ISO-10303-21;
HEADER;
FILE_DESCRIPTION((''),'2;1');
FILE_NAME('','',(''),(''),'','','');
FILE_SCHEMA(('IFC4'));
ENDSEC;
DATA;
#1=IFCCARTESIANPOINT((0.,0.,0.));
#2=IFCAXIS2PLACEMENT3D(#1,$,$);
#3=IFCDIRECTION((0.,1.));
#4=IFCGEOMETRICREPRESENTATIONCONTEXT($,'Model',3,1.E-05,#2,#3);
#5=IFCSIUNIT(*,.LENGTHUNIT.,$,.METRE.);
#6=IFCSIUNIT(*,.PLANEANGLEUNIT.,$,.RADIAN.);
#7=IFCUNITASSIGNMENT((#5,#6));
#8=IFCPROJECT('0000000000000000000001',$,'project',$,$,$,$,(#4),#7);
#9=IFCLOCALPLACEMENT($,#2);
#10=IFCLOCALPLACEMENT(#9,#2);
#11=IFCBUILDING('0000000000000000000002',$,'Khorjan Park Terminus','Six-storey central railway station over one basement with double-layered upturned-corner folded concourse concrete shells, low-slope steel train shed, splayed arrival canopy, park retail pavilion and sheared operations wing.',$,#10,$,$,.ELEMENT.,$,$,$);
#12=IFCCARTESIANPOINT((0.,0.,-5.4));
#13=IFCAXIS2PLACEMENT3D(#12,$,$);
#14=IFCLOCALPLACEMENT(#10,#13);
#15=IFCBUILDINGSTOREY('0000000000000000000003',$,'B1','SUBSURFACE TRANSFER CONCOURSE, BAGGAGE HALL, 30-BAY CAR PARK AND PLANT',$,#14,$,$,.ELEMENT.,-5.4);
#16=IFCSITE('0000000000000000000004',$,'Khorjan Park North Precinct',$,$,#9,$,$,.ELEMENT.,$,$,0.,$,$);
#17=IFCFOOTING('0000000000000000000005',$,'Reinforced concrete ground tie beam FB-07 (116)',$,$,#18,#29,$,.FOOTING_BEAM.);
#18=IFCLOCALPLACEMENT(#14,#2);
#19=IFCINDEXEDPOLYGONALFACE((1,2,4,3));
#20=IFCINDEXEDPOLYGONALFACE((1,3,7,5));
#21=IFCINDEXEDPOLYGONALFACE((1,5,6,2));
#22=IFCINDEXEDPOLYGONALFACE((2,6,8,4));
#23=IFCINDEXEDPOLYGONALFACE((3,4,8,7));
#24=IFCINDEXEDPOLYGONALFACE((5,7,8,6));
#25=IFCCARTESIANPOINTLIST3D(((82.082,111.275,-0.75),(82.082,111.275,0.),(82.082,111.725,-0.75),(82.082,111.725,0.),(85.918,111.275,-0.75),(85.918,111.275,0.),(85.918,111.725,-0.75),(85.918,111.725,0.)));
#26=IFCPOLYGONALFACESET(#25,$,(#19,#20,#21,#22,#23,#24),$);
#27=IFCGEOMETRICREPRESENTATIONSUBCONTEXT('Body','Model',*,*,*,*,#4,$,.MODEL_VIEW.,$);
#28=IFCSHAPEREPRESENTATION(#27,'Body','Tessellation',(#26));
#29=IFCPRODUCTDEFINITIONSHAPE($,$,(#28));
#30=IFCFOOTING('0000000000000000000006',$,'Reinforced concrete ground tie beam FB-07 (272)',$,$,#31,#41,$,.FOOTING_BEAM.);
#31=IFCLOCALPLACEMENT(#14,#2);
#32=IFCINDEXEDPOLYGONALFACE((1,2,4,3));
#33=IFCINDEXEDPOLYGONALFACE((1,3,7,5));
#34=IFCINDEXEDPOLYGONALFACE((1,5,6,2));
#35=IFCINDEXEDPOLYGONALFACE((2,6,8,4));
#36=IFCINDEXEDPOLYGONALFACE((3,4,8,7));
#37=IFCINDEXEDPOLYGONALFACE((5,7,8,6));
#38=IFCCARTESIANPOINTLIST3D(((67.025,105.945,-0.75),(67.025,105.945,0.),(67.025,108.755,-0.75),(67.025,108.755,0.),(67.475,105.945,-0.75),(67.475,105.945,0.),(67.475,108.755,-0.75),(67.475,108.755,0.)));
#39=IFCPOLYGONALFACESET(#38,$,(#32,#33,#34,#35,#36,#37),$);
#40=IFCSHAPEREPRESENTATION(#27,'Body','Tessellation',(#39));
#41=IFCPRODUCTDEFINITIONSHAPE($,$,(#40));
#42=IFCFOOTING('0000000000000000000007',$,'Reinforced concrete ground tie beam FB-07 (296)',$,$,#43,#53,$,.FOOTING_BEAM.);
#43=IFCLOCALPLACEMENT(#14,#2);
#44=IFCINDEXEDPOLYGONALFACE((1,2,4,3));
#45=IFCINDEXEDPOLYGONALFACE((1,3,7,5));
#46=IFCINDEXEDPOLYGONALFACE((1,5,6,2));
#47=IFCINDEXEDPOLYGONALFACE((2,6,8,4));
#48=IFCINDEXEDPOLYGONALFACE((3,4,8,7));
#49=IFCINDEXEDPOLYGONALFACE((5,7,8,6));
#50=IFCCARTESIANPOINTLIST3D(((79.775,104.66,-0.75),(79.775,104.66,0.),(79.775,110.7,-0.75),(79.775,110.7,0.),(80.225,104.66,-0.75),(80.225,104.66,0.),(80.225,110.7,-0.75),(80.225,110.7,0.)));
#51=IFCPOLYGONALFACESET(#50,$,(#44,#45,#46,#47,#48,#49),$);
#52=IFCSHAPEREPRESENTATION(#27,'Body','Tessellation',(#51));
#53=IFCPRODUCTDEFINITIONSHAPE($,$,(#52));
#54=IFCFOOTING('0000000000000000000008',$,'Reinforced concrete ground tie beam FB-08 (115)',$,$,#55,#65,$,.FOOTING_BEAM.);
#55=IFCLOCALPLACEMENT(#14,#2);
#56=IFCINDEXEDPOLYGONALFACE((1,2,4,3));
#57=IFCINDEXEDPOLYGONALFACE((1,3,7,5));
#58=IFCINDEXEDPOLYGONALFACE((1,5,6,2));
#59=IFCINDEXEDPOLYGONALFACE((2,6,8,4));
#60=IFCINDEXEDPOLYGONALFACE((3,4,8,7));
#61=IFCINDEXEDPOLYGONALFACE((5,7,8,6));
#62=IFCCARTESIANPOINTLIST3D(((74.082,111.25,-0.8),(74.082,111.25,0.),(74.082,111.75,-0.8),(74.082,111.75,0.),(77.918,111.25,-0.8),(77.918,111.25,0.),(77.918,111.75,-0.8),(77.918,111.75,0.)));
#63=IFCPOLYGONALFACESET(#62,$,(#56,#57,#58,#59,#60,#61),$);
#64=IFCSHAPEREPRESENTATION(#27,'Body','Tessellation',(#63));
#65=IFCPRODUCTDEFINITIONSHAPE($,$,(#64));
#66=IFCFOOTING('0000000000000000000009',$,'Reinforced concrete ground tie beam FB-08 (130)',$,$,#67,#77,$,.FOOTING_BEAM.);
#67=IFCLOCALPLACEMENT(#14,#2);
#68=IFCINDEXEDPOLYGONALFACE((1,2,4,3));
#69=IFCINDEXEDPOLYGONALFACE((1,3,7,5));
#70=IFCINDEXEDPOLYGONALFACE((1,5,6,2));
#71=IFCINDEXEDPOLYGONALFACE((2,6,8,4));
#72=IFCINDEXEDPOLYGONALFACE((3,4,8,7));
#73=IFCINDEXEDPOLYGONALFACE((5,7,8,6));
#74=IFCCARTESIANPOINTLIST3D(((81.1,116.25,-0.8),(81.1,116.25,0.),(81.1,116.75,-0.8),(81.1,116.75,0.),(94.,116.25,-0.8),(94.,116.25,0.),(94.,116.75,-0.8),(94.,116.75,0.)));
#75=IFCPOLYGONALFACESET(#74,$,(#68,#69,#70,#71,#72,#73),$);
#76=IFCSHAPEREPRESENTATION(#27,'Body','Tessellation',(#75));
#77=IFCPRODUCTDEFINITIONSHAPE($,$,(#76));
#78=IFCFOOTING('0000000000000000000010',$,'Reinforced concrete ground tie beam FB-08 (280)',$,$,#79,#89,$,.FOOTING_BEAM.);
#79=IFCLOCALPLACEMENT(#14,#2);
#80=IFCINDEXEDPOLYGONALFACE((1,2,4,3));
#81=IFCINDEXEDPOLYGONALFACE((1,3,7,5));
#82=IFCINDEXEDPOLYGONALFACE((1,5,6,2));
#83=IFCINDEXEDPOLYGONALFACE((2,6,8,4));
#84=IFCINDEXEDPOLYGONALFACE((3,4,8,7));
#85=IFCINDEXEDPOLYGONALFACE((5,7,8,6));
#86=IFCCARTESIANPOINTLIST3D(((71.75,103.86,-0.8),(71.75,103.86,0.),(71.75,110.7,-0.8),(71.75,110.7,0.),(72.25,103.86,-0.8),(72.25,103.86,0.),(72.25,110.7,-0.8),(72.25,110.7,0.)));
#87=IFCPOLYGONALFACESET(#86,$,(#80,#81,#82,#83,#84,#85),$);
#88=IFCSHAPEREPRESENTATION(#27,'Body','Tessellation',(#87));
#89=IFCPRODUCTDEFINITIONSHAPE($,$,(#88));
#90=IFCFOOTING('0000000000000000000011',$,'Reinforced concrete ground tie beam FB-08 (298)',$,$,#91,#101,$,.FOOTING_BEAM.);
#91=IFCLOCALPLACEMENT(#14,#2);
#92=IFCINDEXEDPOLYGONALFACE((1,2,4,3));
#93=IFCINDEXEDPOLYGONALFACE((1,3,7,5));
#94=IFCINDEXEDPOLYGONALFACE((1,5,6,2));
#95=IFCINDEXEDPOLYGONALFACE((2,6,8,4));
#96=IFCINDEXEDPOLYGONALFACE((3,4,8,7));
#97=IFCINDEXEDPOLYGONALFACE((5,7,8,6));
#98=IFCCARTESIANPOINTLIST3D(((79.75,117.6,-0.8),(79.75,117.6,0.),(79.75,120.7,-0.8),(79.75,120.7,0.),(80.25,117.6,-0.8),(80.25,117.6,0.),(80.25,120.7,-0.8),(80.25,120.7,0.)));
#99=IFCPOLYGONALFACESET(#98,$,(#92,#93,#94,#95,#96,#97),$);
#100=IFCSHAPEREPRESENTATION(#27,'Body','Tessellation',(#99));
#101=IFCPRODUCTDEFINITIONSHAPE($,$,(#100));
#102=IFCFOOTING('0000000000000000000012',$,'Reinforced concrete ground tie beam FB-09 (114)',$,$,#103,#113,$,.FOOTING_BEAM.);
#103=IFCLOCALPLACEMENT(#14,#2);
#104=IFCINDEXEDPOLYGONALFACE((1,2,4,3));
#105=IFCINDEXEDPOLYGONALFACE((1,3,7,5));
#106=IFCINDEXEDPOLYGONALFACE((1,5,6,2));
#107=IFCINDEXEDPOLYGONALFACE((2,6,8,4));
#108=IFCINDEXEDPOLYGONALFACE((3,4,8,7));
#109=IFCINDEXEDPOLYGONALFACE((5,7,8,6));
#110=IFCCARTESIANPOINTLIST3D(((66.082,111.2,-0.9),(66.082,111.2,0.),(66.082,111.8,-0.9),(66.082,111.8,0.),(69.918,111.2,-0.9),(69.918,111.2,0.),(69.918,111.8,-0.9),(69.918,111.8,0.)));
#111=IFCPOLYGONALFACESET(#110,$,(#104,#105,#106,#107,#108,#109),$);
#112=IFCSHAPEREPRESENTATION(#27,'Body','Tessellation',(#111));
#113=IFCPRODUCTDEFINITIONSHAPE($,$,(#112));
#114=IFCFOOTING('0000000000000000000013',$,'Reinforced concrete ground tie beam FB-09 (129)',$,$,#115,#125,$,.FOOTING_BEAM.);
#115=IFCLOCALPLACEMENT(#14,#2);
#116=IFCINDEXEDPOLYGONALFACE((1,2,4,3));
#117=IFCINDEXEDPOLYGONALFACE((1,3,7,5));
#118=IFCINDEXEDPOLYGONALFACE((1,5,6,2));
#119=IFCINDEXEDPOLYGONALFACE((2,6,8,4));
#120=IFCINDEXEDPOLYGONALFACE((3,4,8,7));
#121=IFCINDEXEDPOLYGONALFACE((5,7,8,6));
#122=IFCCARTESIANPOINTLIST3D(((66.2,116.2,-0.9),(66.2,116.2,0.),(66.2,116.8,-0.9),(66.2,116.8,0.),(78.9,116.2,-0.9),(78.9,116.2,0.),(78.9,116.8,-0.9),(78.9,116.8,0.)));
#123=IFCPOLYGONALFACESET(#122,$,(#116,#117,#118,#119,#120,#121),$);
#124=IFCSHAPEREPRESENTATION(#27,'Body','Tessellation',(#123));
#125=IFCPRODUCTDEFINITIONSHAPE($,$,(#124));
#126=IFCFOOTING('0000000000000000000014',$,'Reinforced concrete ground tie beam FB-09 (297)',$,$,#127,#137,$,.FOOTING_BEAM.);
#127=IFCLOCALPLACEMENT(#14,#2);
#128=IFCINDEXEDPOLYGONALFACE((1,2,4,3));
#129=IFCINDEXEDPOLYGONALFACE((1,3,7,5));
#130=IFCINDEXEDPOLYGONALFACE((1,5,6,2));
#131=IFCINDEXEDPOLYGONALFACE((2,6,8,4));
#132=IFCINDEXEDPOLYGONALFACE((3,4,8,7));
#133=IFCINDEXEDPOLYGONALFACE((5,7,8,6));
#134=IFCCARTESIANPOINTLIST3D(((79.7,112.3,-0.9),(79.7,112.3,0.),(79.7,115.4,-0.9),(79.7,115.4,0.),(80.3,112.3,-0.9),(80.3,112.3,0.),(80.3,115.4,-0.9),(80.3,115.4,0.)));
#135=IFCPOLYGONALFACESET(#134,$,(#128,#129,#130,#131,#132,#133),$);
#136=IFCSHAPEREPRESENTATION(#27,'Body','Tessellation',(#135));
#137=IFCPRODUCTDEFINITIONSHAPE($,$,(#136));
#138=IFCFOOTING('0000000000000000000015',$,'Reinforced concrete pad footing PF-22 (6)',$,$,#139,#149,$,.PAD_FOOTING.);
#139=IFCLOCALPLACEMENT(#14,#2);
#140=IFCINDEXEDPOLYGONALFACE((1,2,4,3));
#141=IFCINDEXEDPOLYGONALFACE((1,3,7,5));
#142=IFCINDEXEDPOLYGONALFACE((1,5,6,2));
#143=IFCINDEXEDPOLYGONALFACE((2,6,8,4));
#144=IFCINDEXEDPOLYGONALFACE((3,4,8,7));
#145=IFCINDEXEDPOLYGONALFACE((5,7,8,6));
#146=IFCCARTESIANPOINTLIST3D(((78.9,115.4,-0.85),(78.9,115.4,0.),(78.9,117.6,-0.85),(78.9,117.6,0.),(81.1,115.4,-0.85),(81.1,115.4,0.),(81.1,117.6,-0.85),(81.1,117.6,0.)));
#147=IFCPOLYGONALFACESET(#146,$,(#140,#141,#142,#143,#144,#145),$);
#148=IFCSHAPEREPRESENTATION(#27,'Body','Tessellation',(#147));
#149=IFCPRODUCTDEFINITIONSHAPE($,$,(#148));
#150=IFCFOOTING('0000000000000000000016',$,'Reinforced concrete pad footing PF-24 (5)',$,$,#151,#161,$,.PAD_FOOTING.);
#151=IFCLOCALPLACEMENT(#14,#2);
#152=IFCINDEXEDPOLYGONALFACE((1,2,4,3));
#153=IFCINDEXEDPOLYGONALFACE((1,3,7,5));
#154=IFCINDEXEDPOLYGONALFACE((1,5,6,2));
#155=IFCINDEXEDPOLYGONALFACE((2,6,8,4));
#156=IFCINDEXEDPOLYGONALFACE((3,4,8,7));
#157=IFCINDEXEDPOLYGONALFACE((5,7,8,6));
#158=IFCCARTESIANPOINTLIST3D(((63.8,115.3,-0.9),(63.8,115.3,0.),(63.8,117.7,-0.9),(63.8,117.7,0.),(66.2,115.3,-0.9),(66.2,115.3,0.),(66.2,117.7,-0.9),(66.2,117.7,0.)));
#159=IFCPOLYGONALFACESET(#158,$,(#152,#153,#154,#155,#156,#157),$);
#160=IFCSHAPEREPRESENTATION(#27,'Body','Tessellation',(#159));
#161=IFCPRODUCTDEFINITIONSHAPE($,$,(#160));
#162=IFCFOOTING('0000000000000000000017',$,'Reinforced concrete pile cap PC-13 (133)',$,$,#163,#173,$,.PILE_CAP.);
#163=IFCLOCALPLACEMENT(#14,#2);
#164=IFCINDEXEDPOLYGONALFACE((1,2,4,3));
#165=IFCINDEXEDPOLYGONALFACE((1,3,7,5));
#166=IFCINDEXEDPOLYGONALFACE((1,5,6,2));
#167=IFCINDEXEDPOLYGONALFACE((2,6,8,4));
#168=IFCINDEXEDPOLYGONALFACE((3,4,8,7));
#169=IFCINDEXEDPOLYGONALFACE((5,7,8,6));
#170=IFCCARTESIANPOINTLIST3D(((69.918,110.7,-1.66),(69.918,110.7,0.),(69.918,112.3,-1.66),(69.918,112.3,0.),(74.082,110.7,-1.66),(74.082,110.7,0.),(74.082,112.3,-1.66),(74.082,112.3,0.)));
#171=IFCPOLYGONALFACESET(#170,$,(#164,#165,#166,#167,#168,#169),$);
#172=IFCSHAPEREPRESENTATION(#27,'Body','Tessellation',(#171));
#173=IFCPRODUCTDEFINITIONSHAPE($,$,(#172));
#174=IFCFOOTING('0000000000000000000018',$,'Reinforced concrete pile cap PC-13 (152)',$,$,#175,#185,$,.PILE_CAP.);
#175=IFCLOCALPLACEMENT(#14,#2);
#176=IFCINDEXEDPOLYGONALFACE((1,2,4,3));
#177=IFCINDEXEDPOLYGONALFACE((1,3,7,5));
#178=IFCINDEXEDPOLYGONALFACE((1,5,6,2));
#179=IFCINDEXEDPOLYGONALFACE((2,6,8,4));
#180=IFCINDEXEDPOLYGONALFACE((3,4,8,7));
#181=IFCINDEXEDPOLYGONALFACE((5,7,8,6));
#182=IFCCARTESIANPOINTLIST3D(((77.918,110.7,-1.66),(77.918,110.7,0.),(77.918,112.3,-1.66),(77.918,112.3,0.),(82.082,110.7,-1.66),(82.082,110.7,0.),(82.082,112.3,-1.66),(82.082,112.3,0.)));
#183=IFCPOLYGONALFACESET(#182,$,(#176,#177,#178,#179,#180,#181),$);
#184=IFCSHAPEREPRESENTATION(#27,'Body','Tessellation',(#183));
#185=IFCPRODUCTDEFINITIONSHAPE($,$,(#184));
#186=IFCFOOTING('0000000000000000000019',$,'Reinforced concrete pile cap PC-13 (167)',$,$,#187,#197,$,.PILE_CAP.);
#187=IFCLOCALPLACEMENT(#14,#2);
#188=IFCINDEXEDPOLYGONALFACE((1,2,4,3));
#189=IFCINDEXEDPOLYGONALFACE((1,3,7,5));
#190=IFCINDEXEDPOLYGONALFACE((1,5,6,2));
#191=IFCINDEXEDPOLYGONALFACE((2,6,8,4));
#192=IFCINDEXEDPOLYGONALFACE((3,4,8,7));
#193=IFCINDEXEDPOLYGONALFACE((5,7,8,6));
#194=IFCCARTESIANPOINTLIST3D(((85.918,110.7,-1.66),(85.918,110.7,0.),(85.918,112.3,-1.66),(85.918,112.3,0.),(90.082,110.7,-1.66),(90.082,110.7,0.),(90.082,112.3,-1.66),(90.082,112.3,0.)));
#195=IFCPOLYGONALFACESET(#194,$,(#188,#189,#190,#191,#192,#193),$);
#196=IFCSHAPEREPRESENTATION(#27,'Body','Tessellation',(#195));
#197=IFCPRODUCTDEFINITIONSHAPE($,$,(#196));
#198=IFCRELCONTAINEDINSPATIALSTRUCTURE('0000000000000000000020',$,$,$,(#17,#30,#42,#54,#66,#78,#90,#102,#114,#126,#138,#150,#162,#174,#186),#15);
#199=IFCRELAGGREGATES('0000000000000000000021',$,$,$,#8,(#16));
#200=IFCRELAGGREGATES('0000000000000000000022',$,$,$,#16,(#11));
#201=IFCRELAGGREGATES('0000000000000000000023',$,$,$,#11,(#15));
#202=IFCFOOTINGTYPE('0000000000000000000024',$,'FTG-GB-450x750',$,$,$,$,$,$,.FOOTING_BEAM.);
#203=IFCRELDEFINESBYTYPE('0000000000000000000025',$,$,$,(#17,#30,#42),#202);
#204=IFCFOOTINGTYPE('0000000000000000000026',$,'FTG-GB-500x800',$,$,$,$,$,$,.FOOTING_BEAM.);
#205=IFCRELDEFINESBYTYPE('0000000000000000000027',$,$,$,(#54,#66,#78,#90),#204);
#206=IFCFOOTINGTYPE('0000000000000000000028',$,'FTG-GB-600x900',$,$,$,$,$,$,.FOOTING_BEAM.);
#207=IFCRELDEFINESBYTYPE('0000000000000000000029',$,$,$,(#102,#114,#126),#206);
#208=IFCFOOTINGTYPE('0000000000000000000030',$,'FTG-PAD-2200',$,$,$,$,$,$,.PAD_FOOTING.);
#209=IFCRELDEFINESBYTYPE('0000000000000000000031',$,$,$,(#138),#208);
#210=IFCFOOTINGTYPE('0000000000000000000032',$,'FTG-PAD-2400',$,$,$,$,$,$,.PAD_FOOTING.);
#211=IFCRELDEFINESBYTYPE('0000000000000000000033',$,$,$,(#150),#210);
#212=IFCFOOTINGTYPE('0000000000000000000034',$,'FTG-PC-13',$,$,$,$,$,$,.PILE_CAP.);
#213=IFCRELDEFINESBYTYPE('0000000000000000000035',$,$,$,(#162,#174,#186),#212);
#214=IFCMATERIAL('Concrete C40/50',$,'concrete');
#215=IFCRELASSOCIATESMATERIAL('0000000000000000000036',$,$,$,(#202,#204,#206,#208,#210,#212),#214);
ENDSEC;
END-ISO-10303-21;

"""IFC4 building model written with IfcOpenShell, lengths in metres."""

from ifc_helpers import new_model, si_unit, direction, frame, origin, origin_2d, place, context, subcontext, project, spatial, rectangle, extrude, material, material_profile, profile_set, type_object, element, save


model = new_model("IFC4")

# Units and contexts
model_context = context("Model", 3, precision=1e-05, world=origin(), true_north=direction((0.0, 1.0)))
body_context = subcontext(model_context, "Body", "Model", "MODEL_VIEW")
ifc_project = project(units=[si_unit("LENGTHUNIT", "METRE"), si_unit("PLANEANGLEUNIT", "RADIAN")], contexts=[model_context])

# Site, building, storey
site_placement = place(None, origin())
site = spatial("IfcSite", under=ifc_project, at=site_placement, Name="Khorjan Park North Precinct", CompositionType="ELEMENT", RefElevation=0.0)
building_placement = place(site_placement, origin())
building = spatial("IfcBuilding", under=site, at=building_placement, Name="Khorjan Park Terminus", Description="Six-storey central railway station over one basement with double-layered upturned-corner folded concourse concrete shells, low-slope steel train shed, splayed arrival canopy, park retail pavilion and sheared operations wing.", CompositionType="ELEMENT")
storey_placement = place(building_placement, frame((0.0, 0.0, -5.4)))
storey = spatial("IfcBuildingStorey", under=building, at=storey_placement, Name="B1", Description="SUBSURFACE TRANSFER CONCOURSE, BAGGAGE HALL, 30-BAY CAR PARK AND PLANT", CompositionType="ELEMENT", Elevation=-5.4)

# Footings
ifc_material_1 = material(Name="Concrete C40/50", Category="concrete")
ifc_material_profile_1 = material_profile(ifc_material_1, rectangle(XDim=0.45, YDim=0.75, at=origin_2d()), Name="RC 450x750")
ifc_profile_set_1 = profile_set([ifc_material_profile_1], Name="Concrete C40/50")
footing_type_1 = type_object("IfcFootingType", Name="FTG-GB-450x750", PredefinedType="FOOTING_BEAM", material=ifc_profile_set_1)
footing_1_placement = place(storey_placement, frame((82.082, 111.5, -0.375), z_axis=(1.0, 0.0, 0.0), x_axis=(0.0, 1.0, 0.0)))
element("IfcFooting", 1, at=footing_1_placement, inside=storey, type_object=footing_type_1, Name="Reinforced concrete ground tie beam FB-07 (116)", PredefinedType="FOOTING_BEAM", context=body_context, shape_type="SweptSolid", body=[
    extrude(rectangle(XDim=0.45, YDim=0.75, at=origin_2d()), origin(), (0.0, 0.0, 1.0), 3.836),
])
footing_2_placement = place(storey_placement, frame((67.25, 105.945, -0.375), z_axis=(0.0, 1.0, 0.0), x_axis=(-1.0, 0.0, 0.0)))
element("IfcFooting", 2, at=footing_2_placement, inside=storey, type_object=footing_type_1, Name="Reinforced concrete ground tie beam FB-07 (272)", PredefinedType="FOOTING_BEAM", context=body_context, shape_type="SweptSolid", body=[
    extrude(rectangle(XDim=0.45, YDim=0.75, at=origin_2d()), origin(), (0.0, 0.0, 1.0), 2.81),
])
footing_3_placement = place(storey_placement, frame((80.0, 104.66, -0.375), z_axis=(0.0, 1.0, 0.0), x_axis=(-1.0, 0.0, 0.0)))
element("IfcFooting", 3, at=footing_3_placement, inside=storey, type_object=footing_type_1, Name="Reinforced concrete ground tie beam FB-07 (296)", PredefinedType="FOOTING_BEAM", context=body_context, shape_type="SweptSolid", body=[
    extrude(rectangle(XDim=0.45, YDim=0.75, at=origin_2d()), origin(), (0.0, 0.0, 1.0), 6.04),
])
ifc_material_profile_2 = material_profile(ifc_material_1, rectangle(XDim=0.5, YDim=0.8, at=origin_2d()), Name="RC 500x800")
ifc_profile_set_2 = profile_set([ifc_material_profile_2], Name="Concrete C40/50")
footing_type_2 = type_object("IfcFootingType", Name="FTG-GB-500x800", PredefinedType="FOOTING_BEAM", material=ifc_profile_set_2)
footing_4_placement = place(storey_placement, frame((74.082, 111.5, -0.4), z_axis=(1.0, 0.0, 0.0), x_axis=(0.0, 1.0, 0.0)))
element("IfcFooting", 4, at=footing_4_placement, inside=storey, type_object=footing_type_2, Name="Reinforced concrete ground tie beam FB-08 (115)", PredefinedType="FOOTING_BEAM", context=body_context, shape_type="SweptSolid", body=[
    extrude(rectangle(XDim=0.5, YDim=0.8, at=origin_2d()), origin(), (0.0, 0.0, 1.0), 3.836),
])
footing_5_placement = place(storey_placement, frame((81.1, 116.5, -0.4), z_axis=(1.0, 0.0, 0.0), x_axis=(0.0, 1.0, 0.0)))
element("IfcFooting", 5, at=footing_5_placement, inside=storey, type_object=footing_type_2, Name="Reinforced concrete ground tie beam FB-08 (130)", PredefinedType="FOOTING_BEAM", context=body_context, shape_type="SweptSolid", body=[
    extrude(rectangle(XDim=0.5, YDim=0.8, at=origin_2d()), origin(), (0.0, 0.0, 1.0), 12.9),
])
footing_6_placement = place(storey_placement, frame((72.0, 103.86, -0.4), z_axis=(0.0, 1.0, 0.0), x_axis=(-1.0, 0.0, 0.0)))
element("IfcFooting", 6, at=footing_6_placement, inside=storey, type_object=footing_type_2, Name="Reinforced concrete ground tie beam FB-08 (280)", PredefinedType="FOOTING_BEAM", context=body_context, shape_type="SweptSolid", body=[
    extrude(rectangle(XDim=0.5, YDim=0.8, at=origin_2d()), origin(), (0.0, 0.0, 1.0), 6.84),
])
footing_7_placement = place(storey_placement, frame((80.0, 117.6, -0.4), z_axis=(0.0, 1.0, 0.0), x_axis=(-1.0, 0.0, 0.0)))
element("IfcFooting", 7, at=footing_7_placement, inside=storey, type_object=footing_type_2, Name="Reinforced concrete ground tie beam FB-08 (298)", PredefinedType="FOOTING_BEAM", context=body_context, shape_type="SweptSolid", body=[
    extrude(rectangle(XDim=0.5, YDim=0.8, at=origin_2d()), origin(), (0.0, 0.0, 1.0), 3.1),
])
ifc_material_profile_3 = material_profile(ifc_material_1, rectangle(XDim=0.6, YDim=0.9, at=origin_2d()), Name="RC 600x900")
ifc_profile_set_3 = profile_set([ifc_material_profile_3], Name="Concrete C40/50")
footing_type_3 = type_object("IfcFootingType", Name="FTG-GB-600x900", PredefinedType="FOOTING_BEAM", material=ifc_profile_set_3)
footing_8_placement = place(storey_placement, frame((66.082, 111.5, -0.45), z_axis=(1.0, 0.0, 0.0), x_axis=(0.0, 1.0, 0.0)))
element("IfcFooting", 8, at=footing_8_placement, inside=storey, type_object=footing_type_3, Name="Reinforced concrete ground tie beam FB-09 (114)", PredefinedType="FOOTING_BEAM", context=body_context, shape_type="SweptSolid", body=[
    extrude(rectangle(XDim=0.6, YDim=0.9, at=origin_2d()), origin(), (0.0, 0.0, 1.0), 3.836),
])
footing_9_placement = place(storey_placement, frame((66.2, 116.5, -0.45), z_axis=(1.0, 0.0, 0.0), x_axis=(0.0, 1.0, 0.0)))
element("IfcFooting", 9, at=footing_9_placement, inside=storey, type_object=footing_type_3, Name="Reinforced concrete ground tie beam FB-09 (129)", PredefinedType="FOOTING_BEAM", context=body_context, shape_type="SweptSolid", body=[
    extrude(rectangle(XDim=0.6, YDim=0.9, at=origin_2d()), origin(), (0.0, 0.0, 1.0), 12.7),
])
footing_10_placement = place(storey_placement, frame((80.0, 112.3, -0.45), z_axis=(0.0, 1.0, 0.0), x_axis=(-1.0, 0.0, 0.0)))
element("IfcFooting", 10, at=footing_10_placement, inside=storey, type_object=footing_type_3, Name="Reinforced concrete ground tie beam FB-09 (297)", PredefinedType="FOOTING_BEAM", context=body_context, shape_type="SweptSolid", body=[
    extrude(rectangle(XDim=0.6, YDim=0.9, at=origin_2d()), origin(), (0.0, 0.0, 1.0), 3.1),
])
footing_type_4 = type_object("IfcFootingType", Name="FTG-PAD-2200", PredefinedType="PAD_FOOTING", material=ifc_material_1)
footing_11_placement = place(storey_placement, frame((80.0, 116.5, -0.85), z_axis=(0.0, 0.0, 1.0), x_axis=(1.0, 0.0, 0.0)))
element("IfcFooting", 11, at=footing_11_placement, inside=storey, type_object=footing_type_4, Name="Reinforced concrete pad footing PF-22 (6)", PredefinedType="PAD_FOOTING", context=body_context, shape_type="SweptSolid", body=[
    extrude(rectangle(XDim=2.2, YDim=2.2, at=origin_2d()), origin(), (0.0, 0.0, 1.0), 0.85),
])
footing_type_5 = type_object("IfcFootingType", Name="FTG-PAD-2400", PredefinedType="PAD_FOOTING", material=ifc_material_1)
footing_12_placement = place(storey_placement, frame((65.0, 116.5, -0.9), z_axis=(0.0, 0.0, 1.0), x_axis=(1.0, 0.0, 0.0)))
element("IfcFooting", 12, at=footing_12_placement, inside=storey, type_object=footing_type_5, Name="Reinforced concrete pad footing PF-24 (5)", PredefinedType="PAD_FOOTING", context=body_context, shape_type="SweptSolid", body=[
    extrude(rectangle(XDim=2.4, YDim=2.4, at=origin_2d()), origin(), (0.0, 0.0, 1.0), 0.9),
])
footing_type_6 = type_object("IfcFootingType", Name="FTG-PC-13", PredefinedType="PILE_CAP", material=ifc_material_1)
for number, where, z_axis, x_axis, name in (
    (13, (72.0, 111.5, -1.66), (0.0, 0.0, 1.0), (1.0, 0.0, 0.0), "Reinforced concrete pile cap PC-13 (133)"),
    (14, (80.0, 111.5, -1.66), (0.0, 0.0, 1.0), (1.0, 0.0, 0.0), "Reinforced concrete pile cap PC-13 (152)"),
    (15, (88.0, 111.5, -1.66), (0.0, 0.0, 1.0), (1.0, 0.0, 0.0), "Reinforced concrete pile cap PC-13 (167)"),
):
    element("IfcFooting", number, at=place(storey_placement, frame(where, z_axis=z_axis, x_axis=x_axis)), inside=storey, type_object=footing_type_6, Name=name, PredefinedType="PILE_CAP", context=body_context, shape_type="SweptSolid", body=[
        extrude(rectangle(XDim=4.164, YDim=1.6, at=origin_2d()), origin(), (0.0, 0.0, 1.0), 1.66),
    ])

save(model, "model.ifc")
